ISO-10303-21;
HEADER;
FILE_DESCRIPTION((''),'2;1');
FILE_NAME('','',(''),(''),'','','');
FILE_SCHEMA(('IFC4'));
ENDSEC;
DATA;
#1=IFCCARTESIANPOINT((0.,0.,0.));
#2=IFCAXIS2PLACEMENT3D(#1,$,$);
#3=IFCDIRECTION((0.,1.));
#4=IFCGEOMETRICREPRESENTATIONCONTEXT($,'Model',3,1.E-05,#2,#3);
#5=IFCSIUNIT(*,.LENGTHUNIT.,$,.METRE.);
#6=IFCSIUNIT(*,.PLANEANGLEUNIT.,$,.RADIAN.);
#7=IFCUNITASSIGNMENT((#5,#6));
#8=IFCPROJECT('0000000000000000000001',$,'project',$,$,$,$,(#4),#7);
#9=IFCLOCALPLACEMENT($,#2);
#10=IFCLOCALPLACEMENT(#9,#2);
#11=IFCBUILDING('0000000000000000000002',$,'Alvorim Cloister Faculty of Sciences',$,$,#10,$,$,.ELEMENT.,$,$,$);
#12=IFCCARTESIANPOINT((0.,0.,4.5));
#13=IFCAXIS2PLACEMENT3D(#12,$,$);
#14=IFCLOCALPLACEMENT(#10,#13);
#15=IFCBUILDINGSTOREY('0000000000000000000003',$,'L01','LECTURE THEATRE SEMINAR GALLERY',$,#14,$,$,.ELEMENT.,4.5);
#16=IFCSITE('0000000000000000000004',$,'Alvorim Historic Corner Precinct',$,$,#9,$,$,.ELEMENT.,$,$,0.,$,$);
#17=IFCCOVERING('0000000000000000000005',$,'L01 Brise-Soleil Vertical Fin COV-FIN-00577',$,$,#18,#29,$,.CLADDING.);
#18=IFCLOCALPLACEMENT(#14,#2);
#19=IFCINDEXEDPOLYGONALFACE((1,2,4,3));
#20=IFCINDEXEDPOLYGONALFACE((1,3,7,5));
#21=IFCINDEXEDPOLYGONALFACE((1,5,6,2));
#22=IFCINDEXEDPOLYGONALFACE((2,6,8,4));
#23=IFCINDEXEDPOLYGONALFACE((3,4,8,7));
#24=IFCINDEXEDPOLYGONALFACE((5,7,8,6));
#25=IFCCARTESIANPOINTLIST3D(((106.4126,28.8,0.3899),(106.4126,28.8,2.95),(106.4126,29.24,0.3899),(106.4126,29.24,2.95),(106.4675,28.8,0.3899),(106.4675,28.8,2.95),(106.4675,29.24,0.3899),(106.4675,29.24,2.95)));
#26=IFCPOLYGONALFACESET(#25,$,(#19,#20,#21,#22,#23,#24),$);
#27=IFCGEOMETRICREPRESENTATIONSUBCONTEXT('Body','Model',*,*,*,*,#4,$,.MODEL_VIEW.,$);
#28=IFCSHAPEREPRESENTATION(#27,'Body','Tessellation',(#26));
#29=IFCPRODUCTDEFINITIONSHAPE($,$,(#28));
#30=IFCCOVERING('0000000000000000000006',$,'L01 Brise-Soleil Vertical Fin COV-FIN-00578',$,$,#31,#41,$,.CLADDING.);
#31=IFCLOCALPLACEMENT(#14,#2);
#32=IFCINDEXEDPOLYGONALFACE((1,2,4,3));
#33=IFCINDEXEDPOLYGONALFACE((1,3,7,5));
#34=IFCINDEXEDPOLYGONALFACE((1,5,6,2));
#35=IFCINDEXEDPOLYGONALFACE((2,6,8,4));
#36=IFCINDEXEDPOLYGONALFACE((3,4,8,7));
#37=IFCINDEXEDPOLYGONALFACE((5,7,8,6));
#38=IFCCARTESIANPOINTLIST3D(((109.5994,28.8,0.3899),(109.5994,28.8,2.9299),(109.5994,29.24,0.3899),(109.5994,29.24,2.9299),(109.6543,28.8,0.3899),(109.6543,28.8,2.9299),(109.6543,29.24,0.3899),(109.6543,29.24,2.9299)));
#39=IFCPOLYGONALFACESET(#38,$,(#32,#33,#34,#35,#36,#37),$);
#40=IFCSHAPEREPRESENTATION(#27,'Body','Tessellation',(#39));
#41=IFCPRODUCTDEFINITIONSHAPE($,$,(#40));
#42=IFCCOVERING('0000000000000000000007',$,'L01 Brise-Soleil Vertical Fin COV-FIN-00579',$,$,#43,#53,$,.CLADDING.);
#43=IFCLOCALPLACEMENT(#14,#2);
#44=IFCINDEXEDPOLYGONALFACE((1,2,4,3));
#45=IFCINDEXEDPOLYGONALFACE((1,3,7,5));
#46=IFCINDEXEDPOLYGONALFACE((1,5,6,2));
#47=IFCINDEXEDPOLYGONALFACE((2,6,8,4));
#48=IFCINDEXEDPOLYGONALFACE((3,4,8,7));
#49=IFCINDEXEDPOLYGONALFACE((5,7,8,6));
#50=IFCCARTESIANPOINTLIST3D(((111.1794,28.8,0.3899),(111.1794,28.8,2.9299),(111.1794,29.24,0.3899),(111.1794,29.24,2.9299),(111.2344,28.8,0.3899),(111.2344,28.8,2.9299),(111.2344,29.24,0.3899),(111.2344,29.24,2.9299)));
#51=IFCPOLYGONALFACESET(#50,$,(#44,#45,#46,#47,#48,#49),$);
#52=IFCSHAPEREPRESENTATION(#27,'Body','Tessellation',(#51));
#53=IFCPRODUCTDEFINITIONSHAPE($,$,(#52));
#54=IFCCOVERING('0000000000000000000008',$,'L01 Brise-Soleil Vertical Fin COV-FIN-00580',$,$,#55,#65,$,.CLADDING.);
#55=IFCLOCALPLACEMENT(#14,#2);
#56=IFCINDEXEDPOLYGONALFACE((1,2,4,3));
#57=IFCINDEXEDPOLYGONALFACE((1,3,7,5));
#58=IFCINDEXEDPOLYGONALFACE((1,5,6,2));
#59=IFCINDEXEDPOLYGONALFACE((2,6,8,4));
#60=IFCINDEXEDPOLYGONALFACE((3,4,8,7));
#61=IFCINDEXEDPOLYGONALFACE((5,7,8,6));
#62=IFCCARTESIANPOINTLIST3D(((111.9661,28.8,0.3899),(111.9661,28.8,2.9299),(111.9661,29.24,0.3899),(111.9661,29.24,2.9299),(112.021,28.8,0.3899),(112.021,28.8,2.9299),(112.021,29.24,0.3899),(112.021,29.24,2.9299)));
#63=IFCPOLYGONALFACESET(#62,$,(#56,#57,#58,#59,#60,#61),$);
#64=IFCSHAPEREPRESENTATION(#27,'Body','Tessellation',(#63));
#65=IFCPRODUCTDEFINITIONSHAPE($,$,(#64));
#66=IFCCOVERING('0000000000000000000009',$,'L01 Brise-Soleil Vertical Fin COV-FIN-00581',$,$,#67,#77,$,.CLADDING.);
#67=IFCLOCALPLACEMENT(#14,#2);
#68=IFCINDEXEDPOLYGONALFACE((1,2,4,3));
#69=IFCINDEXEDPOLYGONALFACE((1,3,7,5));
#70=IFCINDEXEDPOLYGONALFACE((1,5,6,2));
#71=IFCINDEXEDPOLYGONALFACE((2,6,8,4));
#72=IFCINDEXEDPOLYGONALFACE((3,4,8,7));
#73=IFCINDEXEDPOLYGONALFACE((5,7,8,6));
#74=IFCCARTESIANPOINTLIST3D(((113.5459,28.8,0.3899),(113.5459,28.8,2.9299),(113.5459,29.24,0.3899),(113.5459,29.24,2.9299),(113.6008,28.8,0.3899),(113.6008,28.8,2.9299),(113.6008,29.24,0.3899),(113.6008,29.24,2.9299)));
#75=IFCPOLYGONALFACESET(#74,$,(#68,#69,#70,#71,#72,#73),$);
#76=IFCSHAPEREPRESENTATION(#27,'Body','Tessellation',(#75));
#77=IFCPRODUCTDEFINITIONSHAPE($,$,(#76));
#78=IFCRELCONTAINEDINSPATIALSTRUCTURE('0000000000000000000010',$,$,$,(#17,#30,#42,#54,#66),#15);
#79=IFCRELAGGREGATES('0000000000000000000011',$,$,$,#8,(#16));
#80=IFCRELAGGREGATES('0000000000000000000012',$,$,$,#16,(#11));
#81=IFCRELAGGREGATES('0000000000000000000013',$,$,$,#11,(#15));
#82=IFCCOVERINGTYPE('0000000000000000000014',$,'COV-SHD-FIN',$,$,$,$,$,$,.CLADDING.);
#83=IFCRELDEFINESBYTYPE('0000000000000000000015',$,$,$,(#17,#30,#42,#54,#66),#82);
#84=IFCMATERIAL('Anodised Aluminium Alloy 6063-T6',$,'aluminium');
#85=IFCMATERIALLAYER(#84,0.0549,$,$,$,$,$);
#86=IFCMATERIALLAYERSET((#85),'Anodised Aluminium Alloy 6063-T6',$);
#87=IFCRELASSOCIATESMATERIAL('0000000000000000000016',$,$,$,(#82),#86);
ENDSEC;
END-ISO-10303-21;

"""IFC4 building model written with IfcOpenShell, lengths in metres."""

from ifc_helpers import new_model, si_unit, direction, frame, origin, place, context, subcontext, project, spatial, polyline, outline, extrude, material, layer, layer_set, type_object, element, save


model = new_model("IFC4")

# Units and contexts
model_context = context("Model", 3, precision=1e-05, world=origin(), true_north=direction((0.0, 1.0)))
body_context = subcontext(model_context, "Body", "Model", "MODEL_VIEW")
ifc_project = project(units=[si_unit("LENGTHUNIT", "METRE"), si_unit("PLANEANGLEUNIT", "RADIAN")], contexts=[model_context])

# Site, building, storey
site_placement = place(None, origin())
site = spatial("IfcSite", under=ifc_project, at=site_placement, Name="Alvorim Historic Corner Precinct", CompositionType="ELEMENT", RefElevation=0.0)
building_placement = place(site_placement, origin())
building = spatial("IfcBuilding", under=site, at=building_placement, Name="Alvorim Cloister Faculty of Sciences", CompositionType="ELEMENT")
storey_placement = place(building_placement, frame((0.0, 0.0, 4.5)))
storey = spatial("IfcBuildingStorey", under=building, at=storey_placement, Name="L01", Description="LECTURE THEATRE SEMINAR GALLERY", CompositionType="ELEMENT", Elevation=4.5)

# Coverings
ifc_material_1 = material(Name="Anodised Aluminium Alloy 6063-T6", Category="aluminium")
ifc_layer_1 = layer(ifc_material_1, 0.0549)
ifc_layer_set_1 = layer_set([ifc_layer_1], Name="Anodised Aluminium Alloy 6063-T6")
covering_type = type_object("IfcCoveringType", Name="COV-SHD-FIN", PredefinedType="CLADDING", material=ifc_layer_set_1)
for number, where, z_axis, x_axis, name in (
    (1, (106.4399, 28.8, 0.3899), (0.0, 0.0, 1.0), (0.0, 1.0, 0.0), "L01 Brise-Soleil Vertical Fin COV-FIN-00577"),
):
    element("IfcCovering", number, at=place(storey_placement, frame(where, z_axis=z_axis, x_axis=x_axis)), inside=storey, type_object=covering_type, Name=name, PredefinedType="CLADDING", context=body_context, shape_type="SweptSolid", body=[
        extrude(outline(polyline([(0.0, 0.0), (0.4399, 0.0), (0.4399, 2.5601), (0.0, 2.5601), (0.0, 0.0)])), frame((0.0, 0.0273, 0.0), z_axis=(0.0, -1.0, 0.0), x_axis=(1.0, 0.0, 0.0)), (0.0, 0.0, 1.0), 0.0549),
    ])
for number, where, z_axis, x_axis, name in (
    (2, (109.6267, 28.8, 0.3899), (0.0, 0.0, 1.0), (0.0, 1.0, 0.0), "L01 Brise-Soleil Vertical Fin COV-FIN-00578"),
    (3, (111.2068, 28.8, 0.3899), (0.0, 0.0, 1.0), (0.0, 1.0, 0.0), "L01 Brise-Soleil Vertical Fin COV-FIN-00579"),
    (4, (111.9934, 28.8, 0.3899), (0.0, 0.0, 1.0), (0.0, 1.0, 0.0), "L01 Brise-Soleil Vertical Fin COV-FIN-00580"),
    (5, (113.5732, 28.8, 0.3899), (0.0, 0.0, 1.0), (0.0, 1.0, 0.0), "L01 Brise-Soleil Vertical Fin COV-FIN-00581"),
):
    element("IfcCovering", number, at=place(storey_placement, frame(where, z_axis=z_axis, x_axis=x_axis)), inside=storey, type_object=covering_type, Name=name, PredefinedType="CLADDING", context=body_context, shape_type="SweptSolid", body=[
        extrude(outline(polyline([(0.0, 0.0), (0.4399, 0.0), (0.4399, 2.54), (0.0, 2.54), (0.0, 0.0)])), frame((0.0, 0.0273, 0.0), z_axis=(0.0, -1.0, 0.0), x_axis=(1.0, 0.0, 0.0)), (0.0, 0.0, 1.0), 0.0549),
    ])

save(model, "model.ifc")
